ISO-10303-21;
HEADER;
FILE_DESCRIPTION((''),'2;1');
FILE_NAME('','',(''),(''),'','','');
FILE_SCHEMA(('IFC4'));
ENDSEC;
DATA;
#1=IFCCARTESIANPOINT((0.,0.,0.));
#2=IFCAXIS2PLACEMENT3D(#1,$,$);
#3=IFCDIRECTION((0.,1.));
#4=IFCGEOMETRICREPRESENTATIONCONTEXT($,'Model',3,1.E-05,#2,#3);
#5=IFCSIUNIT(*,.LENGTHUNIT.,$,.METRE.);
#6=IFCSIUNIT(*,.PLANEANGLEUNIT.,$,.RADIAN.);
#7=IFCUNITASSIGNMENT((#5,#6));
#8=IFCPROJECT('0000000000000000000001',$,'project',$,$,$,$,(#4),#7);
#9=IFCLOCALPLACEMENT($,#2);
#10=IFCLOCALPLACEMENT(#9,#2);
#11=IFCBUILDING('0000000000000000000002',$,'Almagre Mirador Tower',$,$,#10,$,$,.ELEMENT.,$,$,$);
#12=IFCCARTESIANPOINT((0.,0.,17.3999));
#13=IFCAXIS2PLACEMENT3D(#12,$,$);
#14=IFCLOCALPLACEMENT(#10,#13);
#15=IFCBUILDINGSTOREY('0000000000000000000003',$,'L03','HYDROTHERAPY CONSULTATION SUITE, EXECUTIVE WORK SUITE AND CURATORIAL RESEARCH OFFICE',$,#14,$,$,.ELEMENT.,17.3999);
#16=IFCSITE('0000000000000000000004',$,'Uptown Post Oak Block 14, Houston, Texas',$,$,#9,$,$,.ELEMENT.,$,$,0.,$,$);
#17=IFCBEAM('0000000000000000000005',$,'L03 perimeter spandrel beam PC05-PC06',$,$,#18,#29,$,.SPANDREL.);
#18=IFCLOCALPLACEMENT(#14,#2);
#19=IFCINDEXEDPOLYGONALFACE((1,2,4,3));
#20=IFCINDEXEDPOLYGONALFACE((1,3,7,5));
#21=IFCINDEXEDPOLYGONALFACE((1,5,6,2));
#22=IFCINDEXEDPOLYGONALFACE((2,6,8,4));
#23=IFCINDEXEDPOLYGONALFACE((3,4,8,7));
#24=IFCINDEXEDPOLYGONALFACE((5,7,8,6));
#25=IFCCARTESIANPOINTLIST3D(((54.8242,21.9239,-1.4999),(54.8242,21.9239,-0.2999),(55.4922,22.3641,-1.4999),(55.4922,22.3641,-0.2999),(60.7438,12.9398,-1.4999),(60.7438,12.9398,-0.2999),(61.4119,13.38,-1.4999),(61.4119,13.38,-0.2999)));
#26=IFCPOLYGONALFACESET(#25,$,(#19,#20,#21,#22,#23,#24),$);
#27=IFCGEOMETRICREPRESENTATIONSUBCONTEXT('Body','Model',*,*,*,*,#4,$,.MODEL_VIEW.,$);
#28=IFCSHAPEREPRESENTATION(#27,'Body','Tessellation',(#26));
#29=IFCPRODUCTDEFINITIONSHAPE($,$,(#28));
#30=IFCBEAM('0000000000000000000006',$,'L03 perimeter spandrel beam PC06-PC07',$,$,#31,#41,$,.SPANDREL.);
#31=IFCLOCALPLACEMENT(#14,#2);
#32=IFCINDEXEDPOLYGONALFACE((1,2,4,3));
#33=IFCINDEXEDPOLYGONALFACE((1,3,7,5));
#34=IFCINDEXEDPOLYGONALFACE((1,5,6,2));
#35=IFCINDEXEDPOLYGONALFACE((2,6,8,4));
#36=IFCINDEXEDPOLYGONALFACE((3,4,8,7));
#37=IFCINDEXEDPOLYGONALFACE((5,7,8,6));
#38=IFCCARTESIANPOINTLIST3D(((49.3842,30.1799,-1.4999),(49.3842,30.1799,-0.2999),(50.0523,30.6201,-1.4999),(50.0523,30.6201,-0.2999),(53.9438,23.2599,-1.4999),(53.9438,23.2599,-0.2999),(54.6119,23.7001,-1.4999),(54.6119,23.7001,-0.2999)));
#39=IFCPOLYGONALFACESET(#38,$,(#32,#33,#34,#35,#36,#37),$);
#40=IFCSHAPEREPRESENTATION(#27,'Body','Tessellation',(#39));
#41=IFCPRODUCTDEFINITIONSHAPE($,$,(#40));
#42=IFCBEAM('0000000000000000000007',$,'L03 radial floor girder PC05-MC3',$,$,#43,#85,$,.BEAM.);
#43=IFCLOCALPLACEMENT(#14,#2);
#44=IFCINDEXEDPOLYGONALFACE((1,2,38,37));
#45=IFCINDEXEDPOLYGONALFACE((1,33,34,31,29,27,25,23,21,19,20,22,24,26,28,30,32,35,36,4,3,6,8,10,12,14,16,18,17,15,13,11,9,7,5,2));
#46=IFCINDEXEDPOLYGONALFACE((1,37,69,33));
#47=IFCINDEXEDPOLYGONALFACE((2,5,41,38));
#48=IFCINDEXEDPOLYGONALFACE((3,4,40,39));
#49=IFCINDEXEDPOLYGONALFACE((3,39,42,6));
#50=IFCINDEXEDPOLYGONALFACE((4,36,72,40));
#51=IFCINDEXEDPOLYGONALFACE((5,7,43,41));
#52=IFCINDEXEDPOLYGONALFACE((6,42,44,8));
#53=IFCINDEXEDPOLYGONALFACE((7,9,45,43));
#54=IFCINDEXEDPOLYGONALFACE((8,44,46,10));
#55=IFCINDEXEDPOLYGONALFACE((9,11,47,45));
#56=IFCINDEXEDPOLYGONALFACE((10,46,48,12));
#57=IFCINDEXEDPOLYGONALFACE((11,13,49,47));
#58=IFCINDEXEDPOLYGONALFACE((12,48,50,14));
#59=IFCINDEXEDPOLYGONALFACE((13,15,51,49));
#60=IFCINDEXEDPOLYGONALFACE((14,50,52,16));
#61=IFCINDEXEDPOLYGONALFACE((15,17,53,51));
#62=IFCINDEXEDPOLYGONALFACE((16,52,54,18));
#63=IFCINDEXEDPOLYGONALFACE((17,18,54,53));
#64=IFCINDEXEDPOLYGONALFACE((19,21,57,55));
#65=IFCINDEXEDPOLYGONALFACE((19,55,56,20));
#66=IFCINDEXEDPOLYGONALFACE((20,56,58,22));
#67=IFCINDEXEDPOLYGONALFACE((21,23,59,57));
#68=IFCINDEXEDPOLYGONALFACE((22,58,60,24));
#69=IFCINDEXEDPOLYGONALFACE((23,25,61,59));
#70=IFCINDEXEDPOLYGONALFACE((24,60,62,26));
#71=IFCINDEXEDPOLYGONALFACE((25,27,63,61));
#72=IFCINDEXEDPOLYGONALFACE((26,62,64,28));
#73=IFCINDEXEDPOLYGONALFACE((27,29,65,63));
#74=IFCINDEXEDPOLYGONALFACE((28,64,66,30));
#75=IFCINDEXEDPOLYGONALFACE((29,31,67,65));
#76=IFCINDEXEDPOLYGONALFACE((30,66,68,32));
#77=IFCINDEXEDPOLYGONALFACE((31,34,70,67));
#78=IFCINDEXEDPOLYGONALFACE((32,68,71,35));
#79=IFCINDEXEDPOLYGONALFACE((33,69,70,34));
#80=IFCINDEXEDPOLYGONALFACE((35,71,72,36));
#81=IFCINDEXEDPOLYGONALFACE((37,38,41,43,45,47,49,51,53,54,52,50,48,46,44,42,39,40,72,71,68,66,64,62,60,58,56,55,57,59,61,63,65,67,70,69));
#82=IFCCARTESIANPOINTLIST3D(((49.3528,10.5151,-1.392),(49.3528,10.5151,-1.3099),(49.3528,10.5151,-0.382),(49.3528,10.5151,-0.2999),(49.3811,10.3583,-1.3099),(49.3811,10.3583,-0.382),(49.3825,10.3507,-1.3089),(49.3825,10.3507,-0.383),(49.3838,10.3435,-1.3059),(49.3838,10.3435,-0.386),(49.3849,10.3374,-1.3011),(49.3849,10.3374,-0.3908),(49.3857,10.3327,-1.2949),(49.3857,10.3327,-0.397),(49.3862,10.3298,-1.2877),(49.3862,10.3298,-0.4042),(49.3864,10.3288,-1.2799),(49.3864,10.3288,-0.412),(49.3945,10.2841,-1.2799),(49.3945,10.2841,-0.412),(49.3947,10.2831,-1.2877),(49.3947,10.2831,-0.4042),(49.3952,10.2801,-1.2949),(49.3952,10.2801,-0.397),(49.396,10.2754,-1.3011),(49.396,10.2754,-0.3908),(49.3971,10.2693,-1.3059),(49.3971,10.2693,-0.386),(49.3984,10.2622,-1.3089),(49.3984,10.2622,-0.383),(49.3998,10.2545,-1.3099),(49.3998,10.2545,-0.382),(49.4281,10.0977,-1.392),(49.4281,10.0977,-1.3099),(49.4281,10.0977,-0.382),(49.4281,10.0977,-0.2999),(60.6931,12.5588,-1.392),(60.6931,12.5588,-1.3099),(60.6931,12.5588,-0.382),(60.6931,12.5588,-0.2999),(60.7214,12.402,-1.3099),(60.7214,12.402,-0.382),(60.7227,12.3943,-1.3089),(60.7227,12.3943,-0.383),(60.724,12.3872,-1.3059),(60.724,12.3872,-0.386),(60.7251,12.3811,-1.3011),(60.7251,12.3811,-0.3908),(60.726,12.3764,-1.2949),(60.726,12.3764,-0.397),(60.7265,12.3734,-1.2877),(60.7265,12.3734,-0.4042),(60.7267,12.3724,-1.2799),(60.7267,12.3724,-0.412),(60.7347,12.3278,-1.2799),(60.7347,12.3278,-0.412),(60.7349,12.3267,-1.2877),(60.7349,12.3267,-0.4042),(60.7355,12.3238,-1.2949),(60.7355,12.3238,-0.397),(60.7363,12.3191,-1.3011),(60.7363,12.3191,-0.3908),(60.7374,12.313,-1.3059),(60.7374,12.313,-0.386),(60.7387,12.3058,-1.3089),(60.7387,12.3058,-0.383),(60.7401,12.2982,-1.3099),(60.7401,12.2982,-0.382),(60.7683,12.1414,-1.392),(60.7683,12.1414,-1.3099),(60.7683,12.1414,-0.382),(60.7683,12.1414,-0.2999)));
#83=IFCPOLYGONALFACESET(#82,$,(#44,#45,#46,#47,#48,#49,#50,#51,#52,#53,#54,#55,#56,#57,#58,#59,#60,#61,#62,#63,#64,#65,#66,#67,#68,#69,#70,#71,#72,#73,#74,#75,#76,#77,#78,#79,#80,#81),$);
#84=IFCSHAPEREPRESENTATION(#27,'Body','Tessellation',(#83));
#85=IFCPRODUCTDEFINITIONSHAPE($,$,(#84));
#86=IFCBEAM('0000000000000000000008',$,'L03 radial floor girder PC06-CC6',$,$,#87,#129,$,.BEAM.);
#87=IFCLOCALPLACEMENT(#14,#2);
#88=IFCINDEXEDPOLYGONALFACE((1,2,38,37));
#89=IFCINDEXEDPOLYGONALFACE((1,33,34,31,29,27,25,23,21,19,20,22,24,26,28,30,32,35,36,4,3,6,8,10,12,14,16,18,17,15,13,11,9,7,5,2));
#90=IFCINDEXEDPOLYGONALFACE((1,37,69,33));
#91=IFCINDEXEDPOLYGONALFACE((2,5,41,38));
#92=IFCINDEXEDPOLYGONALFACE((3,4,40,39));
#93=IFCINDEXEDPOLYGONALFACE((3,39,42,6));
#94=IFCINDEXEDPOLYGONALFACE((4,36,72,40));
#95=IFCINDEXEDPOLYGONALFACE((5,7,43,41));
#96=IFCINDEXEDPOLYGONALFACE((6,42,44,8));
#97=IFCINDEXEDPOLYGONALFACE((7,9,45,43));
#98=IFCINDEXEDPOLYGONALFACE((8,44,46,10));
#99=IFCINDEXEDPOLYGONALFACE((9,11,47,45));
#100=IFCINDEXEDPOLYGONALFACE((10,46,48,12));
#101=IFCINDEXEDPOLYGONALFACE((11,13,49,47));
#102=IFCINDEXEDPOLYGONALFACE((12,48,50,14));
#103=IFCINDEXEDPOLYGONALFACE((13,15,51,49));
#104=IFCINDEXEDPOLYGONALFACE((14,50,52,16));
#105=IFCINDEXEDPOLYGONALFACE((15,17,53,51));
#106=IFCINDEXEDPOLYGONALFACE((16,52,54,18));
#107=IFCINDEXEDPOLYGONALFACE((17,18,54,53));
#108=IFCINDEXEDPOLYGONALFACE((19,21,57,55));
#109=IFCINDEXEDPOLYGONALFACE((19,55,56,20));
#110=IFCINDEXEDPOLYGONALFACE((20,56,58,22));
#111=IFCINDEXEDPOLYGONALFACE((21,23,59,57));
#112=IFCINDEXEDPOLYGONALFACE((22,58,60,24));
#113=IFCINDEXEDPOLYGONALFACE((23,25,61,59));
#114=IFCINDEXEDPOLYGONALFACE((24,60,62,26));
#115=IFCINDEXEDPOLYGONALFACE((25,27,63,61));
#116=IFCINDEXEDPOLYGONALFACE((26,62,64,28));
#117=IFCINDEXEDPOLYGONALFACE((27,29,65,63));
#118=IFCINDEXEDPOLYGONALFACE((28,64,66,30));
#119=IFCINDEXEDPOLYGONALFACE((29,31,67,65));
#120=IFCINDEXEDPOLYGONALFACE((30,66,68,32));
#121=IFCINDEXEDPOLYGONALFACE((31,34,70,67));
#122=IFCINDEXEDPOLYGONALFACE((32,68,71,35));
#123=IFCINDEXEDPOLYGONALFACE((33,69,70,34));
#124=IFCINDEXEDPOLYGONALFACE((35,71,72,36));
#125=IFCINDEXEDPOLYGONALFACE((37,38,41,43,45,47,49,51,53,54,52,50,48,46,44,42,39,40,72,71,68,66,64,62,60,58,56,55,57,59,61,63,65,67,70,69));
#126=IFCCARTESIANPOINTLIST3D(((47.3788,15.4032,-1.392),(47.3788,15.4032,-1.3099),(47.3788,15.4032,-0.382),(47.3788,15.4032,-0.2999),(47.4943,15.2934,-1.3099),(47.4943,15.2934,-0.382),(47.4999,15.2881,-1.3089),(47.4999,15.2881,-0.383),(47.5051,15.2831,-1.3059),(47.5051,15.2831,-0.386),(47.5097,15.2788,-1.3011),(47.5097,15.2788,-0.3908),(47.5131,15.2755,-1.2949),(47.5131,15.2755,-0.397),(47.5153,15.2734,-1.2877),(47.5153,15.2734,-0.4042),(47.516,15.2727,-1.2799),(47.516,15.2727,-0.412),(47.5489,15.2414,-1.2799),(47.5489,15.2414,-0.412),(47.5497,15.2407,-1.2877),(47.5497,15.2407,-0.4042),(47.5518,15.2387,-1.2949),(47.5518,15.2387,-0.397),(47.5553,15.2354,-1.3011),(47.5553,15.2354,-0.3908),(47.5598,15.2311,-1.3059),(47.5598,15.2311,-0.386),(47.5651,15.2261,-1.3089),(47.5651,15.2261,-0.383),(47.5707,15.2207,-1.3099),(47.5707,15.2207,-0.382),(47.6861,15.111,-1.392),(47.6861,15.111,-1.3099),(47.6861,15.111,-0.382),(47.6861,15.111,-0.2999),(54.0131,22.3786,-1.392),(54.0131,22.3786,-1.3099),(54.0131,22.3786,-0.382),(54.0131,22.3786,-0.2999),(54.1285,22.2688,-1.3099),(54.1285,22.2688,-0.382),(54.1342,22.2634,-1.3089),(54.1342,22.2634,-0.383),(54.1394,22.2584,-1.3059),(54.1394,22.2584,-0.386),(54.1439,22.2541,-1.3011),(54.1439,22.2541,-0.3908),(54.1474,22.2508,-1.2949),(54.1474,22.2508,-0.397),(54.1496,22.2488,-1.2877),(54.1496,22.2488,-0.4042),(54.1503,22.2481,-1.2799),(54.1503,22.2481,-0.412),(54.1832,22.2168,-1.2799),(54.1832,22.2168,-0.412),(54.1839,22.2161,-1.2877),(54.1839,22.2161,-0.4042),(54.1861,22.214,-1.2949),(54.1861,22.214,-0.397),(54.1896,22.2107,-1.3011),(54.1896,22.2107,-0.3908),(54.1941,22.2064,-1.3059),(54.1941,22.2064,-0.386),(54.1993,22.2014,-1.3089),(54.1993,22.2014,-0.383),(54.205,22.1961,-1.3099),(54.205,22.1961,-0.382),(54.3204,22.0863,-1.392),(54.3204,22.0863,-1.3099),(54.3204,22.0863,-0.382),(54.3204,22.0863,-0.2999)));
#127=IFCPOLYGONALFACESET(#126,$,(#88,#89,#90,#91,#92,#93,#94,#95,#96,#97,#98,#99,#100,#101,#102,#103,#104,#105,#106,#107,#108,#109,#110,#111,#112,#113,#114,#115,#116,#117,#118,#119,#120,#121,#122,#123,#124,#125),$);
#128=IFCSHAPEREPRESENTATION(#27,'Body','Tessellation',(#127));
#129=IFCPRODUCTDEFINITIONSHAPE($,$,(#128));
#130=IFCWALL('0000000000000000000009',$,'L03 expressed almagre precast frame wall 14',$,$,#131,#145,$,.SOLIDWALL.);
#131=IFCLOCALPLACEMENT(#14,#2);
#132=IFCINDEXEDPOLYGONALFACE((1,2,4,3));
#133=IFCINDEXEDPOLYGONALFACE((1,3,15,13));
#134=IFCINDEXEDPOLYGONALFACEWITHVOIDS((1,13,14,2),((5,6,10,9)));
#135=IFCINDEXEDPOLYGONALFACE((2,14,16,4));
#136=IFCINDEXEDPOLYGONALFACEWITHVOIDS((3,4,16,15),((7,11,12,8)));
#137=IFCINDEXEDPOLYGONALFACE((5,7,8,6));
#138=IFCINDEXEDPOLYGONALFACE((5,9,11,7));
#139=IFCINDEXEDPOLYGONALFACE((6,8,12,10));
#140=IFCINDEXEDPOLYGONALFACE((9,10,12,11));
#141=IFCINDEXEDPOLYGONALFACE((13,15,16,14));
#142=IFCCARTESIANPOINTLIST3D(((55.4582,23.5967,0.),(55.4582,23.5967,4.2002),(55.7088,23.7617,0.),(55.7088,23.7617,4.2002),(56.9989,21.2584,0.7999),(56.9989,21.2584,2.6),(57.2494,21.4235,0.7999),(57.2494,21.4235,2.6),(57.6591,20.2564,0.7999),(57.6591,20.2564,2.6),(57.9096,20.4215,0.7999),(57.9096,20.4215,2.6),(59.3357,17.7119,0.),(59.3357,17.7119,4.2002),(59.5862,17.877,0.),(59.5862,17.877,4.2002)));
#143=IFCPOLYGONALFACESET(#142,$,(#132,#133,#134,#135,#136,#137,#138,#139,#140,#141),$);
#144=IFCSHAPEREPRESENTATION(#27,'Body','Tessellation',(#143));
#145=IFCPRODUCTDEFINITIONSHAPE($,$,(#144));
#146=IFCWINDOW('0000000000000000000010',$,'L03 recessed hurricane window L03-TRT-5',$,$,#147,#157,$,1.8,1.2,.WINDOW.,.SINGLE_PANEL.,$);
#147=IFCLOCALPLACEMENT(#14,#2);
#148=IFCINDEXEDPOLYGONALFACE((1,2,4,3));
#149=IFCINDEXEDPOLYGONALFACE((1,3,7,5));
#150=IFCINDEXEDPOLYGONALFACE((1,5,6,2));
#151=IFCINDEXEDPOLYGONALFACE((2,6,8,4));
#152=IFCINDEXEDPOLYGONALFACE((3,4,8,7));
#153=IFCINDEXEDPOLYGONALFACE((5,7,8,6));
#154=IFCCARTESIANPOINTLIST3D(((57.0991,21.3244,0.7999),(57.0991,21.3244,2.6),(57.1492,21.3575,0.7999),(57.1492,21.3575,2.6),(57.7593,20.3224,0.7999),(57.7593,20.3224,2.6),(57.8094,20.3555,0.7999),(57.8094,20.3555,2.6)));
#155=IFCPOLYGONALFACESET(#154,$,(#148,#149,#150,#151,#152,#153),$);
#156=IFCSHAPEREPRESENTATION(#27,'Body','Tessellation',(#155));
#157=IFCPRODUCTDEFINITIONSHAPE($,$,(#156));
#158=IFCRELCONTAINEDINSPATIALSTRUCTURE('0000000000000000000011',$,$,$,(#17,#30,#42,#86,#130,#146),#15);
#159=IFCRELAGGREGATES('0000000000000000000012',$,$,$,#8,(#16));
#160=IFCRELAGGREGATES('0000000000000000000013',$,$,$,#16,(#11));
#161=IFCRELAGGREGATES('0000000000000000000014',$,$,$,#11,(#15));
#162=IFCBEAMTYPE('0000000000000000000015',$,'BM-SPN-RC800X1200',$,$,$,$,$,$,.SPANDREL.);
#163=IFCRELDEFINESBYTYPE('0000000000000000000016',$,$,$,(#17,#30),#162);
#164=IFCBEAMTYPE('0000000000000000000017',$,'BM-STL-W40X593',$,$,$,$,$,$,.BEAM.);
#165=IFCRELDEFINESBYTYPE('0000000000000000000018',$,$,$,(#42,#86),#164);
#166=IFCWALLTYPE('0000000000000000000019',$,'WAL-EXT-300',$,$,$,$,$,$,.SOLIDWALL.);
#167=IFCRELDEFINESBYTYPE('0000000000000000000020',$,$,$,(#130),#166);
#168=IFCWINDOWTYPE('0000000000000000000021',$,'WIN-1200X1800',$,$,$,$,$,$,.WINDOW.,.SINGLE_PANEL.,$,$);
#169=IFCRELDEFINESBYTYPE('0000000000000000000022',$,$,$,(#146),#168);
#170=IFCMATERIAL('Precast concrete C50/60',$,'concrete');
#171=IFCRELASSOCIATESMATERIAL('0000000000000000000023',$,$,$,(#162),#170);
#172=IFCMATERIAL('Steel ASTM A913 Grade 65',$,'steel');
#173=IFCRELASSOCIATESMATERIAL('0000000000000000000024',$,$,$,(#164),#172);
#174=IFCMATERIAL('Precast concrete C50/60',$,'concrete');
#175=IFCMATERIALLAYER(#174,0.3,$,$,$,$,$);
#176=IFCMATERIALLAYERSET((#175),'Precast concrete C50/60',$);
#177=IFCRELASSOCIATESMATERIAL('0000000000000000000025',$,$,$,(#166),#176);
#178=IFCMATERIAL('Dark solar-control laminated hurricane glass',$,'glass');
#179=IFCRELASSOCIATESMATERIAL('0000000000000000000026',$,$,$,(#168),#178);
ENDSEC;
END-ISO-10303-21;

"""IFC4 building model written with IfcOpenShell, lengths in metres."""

from ifc_helpers import new_model, si_unit, direction, frame, frame_2d, origin, origin_2d, place, context, subcontext, project, spatial, rectangle, i_section, extrude, material, layer, layer_set, material_profile, profile_set, type_object, element, fill, save


model = new_model("IFC4")

# Units and contexts
model_context = context("Model", 3, precision=1e-05, world=origin(), true_north=direction((0.0, 1.0)))
body_context = subcontext(model_context, "Body", "Model", "MODEL_VIEW")
ifc_project = project(units=[si_unit("LENGTHUNIT", "METRE"), si_unit("PLANEANGLEUNIT", "RADIAN")], contexts=[model_context])

# Site, building, storey
site_placement = place(None, origin())
site = spatial("IfcSite", under=ifc_project, at=site_placement, Name="Uptown Post Oak Block 14, Houston, Texas", CompositionType="ELEMENT", RefElevation=0.0)
building_placement = place(site_placement, origin())
building = spatial("IfcBuilding", under=site, at=building_placement, Name="Almagre Mirador Tower", CompositionType="ELEMENT")
storey_placement = place(building_placement, frame((0.0, 0.0, 17.3999)))
storey = spatial("IfcBuildingStorey", under=building, at=storey_placement, Name="L03", Description="HYDROTHERAPY CONSULTATION SUITE, EXECUTIVE WORK SUITE AND CURATORIAL RESEARCH OFFICE", CompositionType="ELEMENT", Elevation=17.3999)

# Beams
ifc_material_1 = material(Name="Precast concrete C50/60", Category="concrete")
ifc_material_profile_1 = material_profile(ifc_material_1, rectangle(XDim=0.8, YDim=1.2, at=origin_2d()), Name="RC800X1200")
ifc_profile_set_1 = profile_set([ifc_material_profile_1], Name="Precast concrete C50/60")
beam_type_1 = type_object("IfcBeamType", Name="BM-SPN-RC800X1200", PredefinedType="SPANDREL", material=ifc_profile_set_1)
beam_1_placement = place(storey_placement, frame((61.0779, 13.1599, -0.8999), z_axis=(-0.550204, 0.83503, 0.0), x_axis=(-0.83503, -0.550204, 0.0)))
element("IfcBeam", 1, at=beam_1_placement, inside=storey, type_object=beam_type_1, Name="L03 perimeter spandrel beam PC05-PC06", PredefinedType="SPANDREL", context=body_context, shape_type="SweptSolid", body=[
    extrude(rectangle(XDim=0.8, YDim=1.2, at=origin_2d()), origin(), (0.0, 0.0, 1.0), 10.759),
])
beam_2_placement = place(storey_placement, frame((54.2778, 23.48, -0.8999), z_axis=(-0.550205, 0.83503, 0.0), x_axis=(-0.83503, -0.550205, 0.0)))
element("IfcBeam", 2, at=beam_2_placement, inside=storey, type_object=beam_type_1, Name="L03 perimeter spandrel beam PC06-PC07", PredefinedType="SPANDREL", context=body_context, shape_type="SweptSolid", body=[
    extrude(rectangle(XDim=0.8, YDim=1.2, at=origin_2d()), origin(), (0.0, 0.0, 1.0), 8.2871),
])
ifc_material_2 = material(Name="Steel ASTM A913 Grade 65", Category="steel")
ifc_material_profile_2 = material_profile(ifc_material_2, i_section(OverallWidth=0.4241, OverallDepth=1.092, WebThickness=0.0454, FlangeThickness=0.082, FilletRadius=0.03, at=origin_2d()), Name="W40X593")
ifc_profile_set_2 = profile_set([ifc_material_profile_2], Name="Steel ASTM A913 Grade 65")
beam_type_2 = type_object("IfcBeamType", Name="BM-STL-W40X593", PredefinedType="BEAM", material=ifc_profile_set_2)
beam_3_placement = place(storey_placement, frame((60.7307, 12.3501, -0.8459), z_axis=(-0.984146, -0.177358, 0.0), x_axis=(0.177358, -0.984146, 0.0)))
element("IfcBeam", 3, at=beam_3_placement, inside=storey, type_object=beam_type_2, Name="L03 radial floor girder PC05-MC3", PredefinedType="BEAM", context=body_context, shape_type="SweptSolid", body=[
    extrude(i_section(OverallWidth=0.4241, OverallDepth=1.092, WebThickness=0.0454, FlangeThickness=0.082, FilletRadius=0.03, at=origin_2d()), origin(), (0.0, 0.0, 1.0), 11.5229),
])
beam_4_placement = place(storey_placement, frame((54.1667, 22.2324, -0.8459), z_axis=(-0.68917, -0.7246, 0.0), x_axis=(0.7246, -0.68917, 0.0)))
element("IfcBeam", 4, at=beam_4_placement, inside=storey, type_object=beam_type_2, Name="L03 radial floor girder PC06-CC6", PredefinedType="BEAM", context=body_context, shape_type="SweptSolid", body=[
    extrude(i_section(OverallWidth=0.4241, OverallDepth=1.092, WebThickness=0.0454, FlangeThickness=0.082, FilletRadius=0.03, at=origin_2d()), origin(), (0.0, 0.0, 1.0), 9.6265),
])

# Wall, opening, window
ifc_material_3 = material(Name="Precast concrete C50/60", Category="concrete")
ifc_layer_1 = layer(ifc_material_3, 0.3)
ifc_layer_set_1 = layer_set([ifc_layer_1], Name="Precast concrete C50/60")
wall_type_1 = type_object("IfcWallType", Name="WAL-EXT-300", PredefinedType="SOLIDWALL", material=ifc_layer_set_1)
wall_1_placement = place(storey_placement, frame((55.5835, 23.6792, 0.0), z_axis=(0.0, 0.0, 1.0), x_axis=(0.550199, -0.835033, 0.0)))
wall_1 = element("IfcWall", 5, at=wall_1_placement, inside=storey, type_object=wall_type_1, Name="L03 expressed almagre precast frame wall 14", PredefinedType="SOLIDWALL", context=body_context, shape_type="SweptSolid", body=[
    extrude(rectangle(XDim=7.0474, YDim=0.3, at=frame_2d((3.5237, 0.0))), origin(), (0.0, 0.0, 1.0), 4.2002),
])
opening_1_placement = place(wall_1_placement, frame((2.8, 0.0, 0.8)))
opening_1 = element("IfcOpeningElement", 6, at=opening_1_placement, cuts=wall_1, PredefinedType="OPENING", context=body_context, shape_type="SweptSolid", body=[
    extrude(rectangle(XDim=1.2, YDim=1.8, at=frame_2d((0.6001, 0.8999))), frame((0.0, 0.1599, 0.0), z_axis=(0.0, -1.0, 0.0), x_axis=(1.0, 0.0, 0.0)), (0.0, 0.0, 1.0), 0.32),
])
ifc_material_4 = material(Name="Dark solar-control laminated hurricane glass", Category="glass")
window_type_1 = type_object("IfcWindowType", Name="WIN-1200X1800", PartitioningType="SINGLE_PANEL", PredefinedType="WINDOW", material=ifc_material_4)
window_1_placement = place(opening_1_placement, origin())
window_1 = element("IfcWindow", 7, at=window_1_placement, inside=storey, type_object=window_type_1, Name="L03 recessed hurricane window L03-TRT-5", OverallHeight=1.8, OverallWidth=1.2, PartitioningType="SINGLE_PANEL", PredefinedType="WINDOW", context=body_context, shape_type="SweptSolid", body=[
    extrude(rectangle(XDim=1.2, YDim=1.8, at=frame_2d((0.6001, 0.8999))), frame((0.0, 0.03, 0.0), z_axis=(0.0, -1.0, 0.0), x_axis=(1.0, 0.0, 0.0)), (0.0, 0.0, 1.0), 0.0601),
])
fill(opening_1, window_1)

save(model, "model.ifc")
